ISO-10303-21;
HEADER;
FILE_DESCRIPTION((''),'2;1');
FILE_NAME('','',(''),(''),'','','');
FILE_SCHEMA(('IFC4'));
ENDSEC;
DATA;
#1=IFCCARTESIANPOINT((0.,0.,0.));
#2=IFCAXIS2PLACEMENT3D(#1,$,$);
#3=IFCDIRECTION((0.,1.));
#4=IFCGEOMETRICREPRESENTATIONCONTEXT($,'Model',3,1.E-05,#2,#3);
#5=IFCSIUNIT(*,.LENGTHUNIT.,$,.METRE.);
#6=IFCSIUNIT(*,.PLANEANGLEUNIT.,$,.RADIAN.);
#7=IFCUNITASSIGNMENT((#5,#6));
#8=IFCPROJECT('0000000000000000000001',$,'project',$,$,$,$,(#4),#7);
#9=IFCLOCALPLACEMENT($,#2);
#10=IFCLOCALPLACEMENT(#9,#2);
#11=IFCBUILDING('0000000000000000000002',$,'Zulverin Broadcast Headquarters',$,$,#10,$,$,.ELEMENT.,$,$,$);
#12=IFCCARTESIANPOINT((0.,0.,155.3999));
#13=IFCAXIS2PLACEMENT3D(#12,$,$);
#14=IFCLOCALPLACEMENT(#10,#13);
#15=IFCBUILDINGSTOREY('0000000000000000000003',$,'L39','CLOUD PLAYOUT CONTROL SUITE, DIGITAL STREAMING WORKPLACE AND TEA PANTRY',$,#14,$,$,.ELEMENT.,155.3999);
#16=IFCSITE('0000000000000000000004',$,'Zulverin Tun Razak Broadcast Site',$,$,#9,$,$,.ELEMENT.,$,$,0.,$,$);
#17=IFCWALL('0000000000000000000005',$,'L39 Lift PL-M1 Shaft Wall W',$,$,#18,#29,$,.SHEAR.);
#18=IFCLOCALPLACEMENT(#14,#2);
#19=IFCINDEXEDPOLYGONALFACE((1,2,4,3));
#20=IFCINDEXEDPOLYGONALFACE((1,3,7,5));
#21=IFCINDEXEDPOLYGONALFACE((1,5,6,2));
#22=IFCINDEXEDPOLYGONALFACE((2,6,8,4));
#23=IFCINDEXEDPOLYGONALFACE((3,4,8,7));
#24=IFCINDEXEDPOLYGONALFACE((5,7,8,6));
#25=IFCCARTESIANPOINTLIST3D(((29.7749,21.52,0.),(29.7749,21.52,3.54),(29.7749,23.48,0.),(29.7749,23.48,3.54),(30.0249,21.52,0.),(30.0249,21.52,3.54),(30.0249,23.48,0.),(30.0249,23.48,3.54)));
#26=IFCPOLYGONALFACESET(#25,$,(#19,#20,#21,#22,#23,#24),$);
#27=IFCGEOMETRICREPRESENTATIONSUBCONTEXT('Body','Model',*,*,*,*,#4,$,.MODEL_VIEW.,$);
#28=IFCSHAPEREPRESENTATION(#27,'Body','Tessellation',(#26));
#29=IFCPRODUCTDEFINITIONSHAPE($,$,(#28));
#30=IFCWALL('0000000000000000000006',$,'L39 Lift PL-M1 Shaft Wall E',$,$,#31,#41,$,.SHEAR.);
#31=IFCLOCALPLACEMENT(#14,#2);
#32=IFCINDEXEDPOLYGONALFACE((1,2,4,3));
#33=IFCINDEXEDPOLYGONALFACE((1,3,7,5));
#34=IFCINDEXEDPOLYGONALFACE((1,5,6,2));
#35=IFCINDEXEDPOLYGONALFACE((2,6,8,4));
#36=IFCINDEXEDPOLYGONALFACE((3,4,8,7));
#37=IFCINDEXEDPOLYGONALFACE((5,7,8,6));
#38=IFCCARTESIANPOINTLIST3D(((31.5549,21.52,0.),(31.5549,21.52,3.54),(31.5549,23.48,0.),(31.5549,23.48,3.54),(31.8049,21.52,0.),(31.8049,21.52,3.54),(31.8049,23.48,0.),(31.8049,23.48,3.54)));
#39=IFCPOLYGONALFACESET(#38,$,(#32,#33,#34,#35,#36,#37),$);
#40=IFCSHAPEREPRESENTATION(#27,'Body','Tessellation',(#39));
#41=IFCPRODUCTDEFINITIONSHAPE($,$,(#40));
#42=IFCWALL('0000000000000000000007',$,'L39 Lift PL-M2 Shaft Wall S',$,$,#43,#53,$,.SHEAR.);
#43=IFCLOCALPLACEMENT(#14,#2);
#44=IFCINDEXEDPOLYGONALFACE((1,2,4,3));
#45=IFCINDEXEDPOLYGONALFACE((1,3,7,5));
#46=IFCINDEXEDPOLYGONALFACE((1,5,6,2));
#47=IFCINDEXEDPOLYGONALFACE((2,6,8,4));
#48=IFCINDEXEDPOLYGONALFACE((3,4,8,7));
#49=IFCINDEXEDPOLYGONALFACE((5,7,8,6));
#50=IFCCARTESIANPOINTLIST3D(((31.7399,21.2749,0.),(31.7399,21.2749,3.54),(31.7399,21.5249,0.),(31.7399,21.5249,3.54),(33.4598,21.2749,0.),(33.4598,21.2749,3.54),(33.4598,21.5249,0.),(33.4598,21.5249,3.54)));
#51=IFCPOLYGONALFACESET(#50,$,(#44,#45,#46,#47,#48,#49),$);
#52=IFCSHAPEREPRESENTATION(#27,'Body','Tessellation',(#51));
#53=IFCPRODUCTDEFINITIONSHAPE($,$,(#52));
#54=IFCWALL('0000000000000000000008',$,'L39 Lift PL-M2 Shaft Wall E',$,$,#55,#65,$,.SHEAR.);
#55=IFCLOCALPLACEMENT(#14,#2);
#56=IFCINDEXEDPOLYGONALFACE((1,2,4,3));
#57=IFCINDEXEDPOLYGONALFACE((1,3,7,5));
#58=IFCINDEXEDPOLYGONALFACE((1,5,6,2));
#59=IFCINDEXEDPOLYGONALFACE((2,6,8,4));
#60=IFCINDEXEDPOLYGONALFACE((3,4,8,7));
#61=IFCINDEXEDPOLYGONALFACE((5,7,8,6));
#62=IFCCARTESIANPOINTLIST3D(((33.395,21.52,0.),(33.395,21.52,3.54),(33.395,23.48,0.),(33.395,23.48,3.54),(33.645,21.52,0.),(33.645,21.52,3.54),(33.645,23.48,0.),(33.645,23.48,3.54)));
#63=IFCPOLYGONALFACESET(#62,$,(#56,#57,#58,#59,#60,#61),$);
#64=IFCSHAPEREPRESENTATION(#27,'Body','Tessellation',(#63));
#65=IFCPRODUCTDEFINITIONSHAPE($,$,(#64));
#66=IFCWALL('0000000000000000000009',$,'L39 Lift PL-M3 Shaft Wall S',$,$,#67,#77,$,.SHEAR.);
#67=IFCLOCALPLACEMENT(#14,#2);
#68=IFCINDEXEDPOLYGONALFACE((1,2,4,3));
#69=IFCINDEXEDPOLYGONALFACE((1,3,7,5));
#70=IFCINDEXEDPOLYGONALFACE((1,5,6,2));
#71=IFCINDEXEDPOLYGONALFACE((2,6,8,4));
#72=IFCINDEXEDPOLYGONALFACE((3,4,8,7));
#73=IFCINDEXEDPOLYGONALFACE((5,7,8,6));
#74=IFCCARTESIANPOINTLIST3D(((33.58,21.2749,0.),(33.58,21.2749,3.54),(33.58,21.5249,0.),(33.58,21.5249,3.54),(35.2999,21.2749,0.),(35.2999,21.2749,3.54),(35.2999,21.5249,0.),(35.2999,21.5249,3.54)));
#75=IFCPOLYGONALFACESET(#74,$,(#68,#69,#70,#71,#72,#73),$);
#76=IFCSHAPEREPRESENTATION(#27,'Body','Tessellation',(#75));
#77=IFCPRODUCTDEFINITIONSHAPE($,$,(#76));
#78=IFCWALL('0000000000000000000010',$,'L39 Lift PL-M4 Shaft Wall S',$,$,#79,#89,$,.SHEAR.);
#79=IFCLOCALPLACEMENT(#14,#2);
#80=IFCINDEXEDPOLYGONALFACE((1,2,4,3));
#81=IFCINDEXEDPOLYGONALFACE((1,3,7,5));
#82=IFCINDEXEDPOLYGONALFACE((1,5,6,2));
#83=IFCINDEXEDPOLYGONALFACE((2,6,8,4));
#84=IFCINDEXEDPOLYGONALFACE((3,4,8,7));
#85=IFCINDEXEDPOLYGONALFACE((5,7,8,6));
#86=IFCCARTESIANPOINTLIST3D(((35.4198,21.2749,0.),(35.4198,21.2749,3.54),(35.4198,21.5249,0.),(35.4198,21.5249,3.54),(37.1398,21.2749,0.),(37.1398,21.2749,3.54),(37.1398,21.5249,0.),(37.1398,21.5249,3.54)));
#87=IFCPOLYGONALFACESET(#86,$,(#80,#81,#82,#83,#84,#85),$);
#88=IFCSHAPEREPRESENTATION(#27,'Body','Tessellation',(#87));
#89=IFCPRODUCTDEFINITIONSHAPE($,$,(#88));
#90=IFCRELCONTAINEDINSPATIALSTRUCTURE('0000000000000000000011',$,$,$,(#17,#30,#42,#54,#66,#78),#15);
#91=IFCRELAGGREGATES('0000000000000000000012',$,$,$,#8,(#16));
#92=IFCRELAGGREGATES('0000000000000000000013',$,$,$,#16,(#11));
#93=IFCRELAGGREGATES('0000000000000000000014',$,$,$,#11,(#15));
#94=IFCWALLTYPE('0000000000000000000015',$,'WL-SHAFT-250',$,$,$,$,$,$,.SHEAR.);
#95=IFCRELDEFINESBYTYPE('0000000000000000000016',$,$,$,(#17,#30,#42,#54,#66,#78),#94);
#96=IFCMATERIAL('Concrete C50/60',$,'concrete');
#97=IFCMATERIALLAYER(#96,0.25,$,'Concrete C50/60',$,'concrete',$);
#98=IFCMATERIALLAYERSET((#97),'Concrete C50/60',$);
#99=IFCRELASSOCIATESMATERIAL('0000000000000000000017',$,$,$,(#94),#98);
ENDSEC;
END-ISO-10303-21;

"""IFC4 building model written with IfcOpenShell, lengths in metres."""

from ifc_helpers import new_model, si_unit, direction, frame, frame_2d, origin, place, context, subcontext, project, spatial, rectangle, extrude, material, layer, layer_set, type_object, element, save


model = new_model("IFC4")

# Units and contexts
model_context = context("Model", 3, precision=1e-05, world=origin(), true_north=direction((0.0, 1.0)))
body_context = subcontext(model_context, "Body", "Model", "MODEL_VIEW")
ifc_project = project(units=[si_unit("LENGTHUNIT", "METRE"), si_unit("PLANEANGLEUNIT", "RADIAN")], contexts=[model_context])

# Site, building, storey
site_placement = place(None, origin())
site = spatial("IfcSite", under=ifc_project, at=site_placement, Name="Zulverin Tun Razak Broadcast Site", CompositionType="ELEMENT", RefElevation=0.0)
building_placement = place(site_placement, origin())
building = spatial("IfcBuilding", under=site, at=building_placement, Name="Zulverin Broadcast Headquarters", CompositionType="ELEMENT")
storey_placement = place(building_placement, frame((0.0, 0.0, 155.3999)))
storey = spatial("IfcBuildingStorey", under=building, at=storey_placement, Name="L39", Description="CLOUD PLAYOUT CONTROL SUITE, DIGITAL STREAMING WORKPLACE AND TEA PANTRY", CompositionType="ELEMENT", Elevation=155.3999)

# Shared definitions
ifc_material_1 = material(Name="Concrete C50/60", Category="concrete")

# Walls
ifc_layer_1 = layer(ifc_material_1, 0.25, Name="Concrete C50/60", Category="concrete")
ifc_layer_set_1 = layer_set([ifc_layer_1], Name="Concrete C50/60")
wall_type_1 = type_object("IfcWallType", Name="WL-SHAFT-250", PredefinedType="SHEAR", material=ifc_layer_set_1)
for number, where, z_axis, x_axis, name in (
    (1, (29.8999, 21.52, 0.0), (0.0, 0.0, 1.0), (0.0, 1.0, 0.0), "L39 Lift PL-M1 Shaft Wall W"),
    (2, (31.6799, 21.52, 0.0), (0.0, 0.0, 1.0), (0.0, 1.0, 0.0), "L39 Lift PL-M1 Shaft Wall E"),
):
    element("IfcWall", number, at=place(storey_placement, frame(where, z_axis=z_axis, x_axis=x_axis)), inside=storey, type_object=wall_type_1, Name=name, PredefinedType="SHEAR", context=body_context, shape_type="SweptSolid", body=[
        extrude(rectangle(XDim=1.96, YDim=0.25, at=frame_2d((0.98, 0.0))), origin(), (0.0, 0.0, 1.0), 3.54),
    ])
wall_1_placement = place(storey_placement, frame((31.74, 21.3999, 0.0), z_axis=(0.0, 0.0, 1.0), x_axis=(1.0, 0.0, 0.0)))
element("IfcWall", 3, at=wall_1_placement, inside=storey, type_object=wall_type_1, Name="L39 Lift PL-M2 Shaft Wall S", PredefinedType="SHEAR", context=body_context, shape_type="SweptSolid", body=[
    extrude(rectangle(XDim=1.72, YDim=0.25, at=frame_2d((0.8599, 0.0))), origin(), (0.0, 0.0, 1.0), 3.54),
])
wall_2_placement = place(storey_placement, frame((33.52, 21.52, 0.0), z_axis=(0.0, 0.0, 1.0), x_axis=(0.0, 1.0, 0.0)))
element("IfcWall", 4, at=wall_2_placement, inside=storey, type_object=wall_type_1, Name="L39 Lift PL-M2 Shaft Wall E", PredefinedType="SHEAR", context=body_context, shape_type="SweptSolid", body=[
    extrude(rectangle(XDim=1.96, YDim=0.25, at=frame_2d((0.98, 0.0))), origin(), (0.0, 0.0, 1.0), 3.54),
])
for number, where, z_axis, x_axis, name in (
    (5, (33.5801, 21.3999, 0.0), (0.0, 0.0, 1.0), (1.0, 0.0, 0.0), "L39 Lift PL-M3 Shaft Wall S"),
    (6, (35.4199, 21.3999, 0.0), (0.0, 0.0, 1.0), (1.0, 0.0, 0.0), "L39 Lift PL-M4 Shaft Wall S"),
):
    element("IfcWall", number, at=place(storey_placement, frame(where, z_axis=z_axis, x_axis=x_axis)), inside=storey, type_object=wall_type_1, Name=name, PredefinedType="SHEAR", context=body_context, shape_type="SweptSolid", body=[
        extrude(rectangle(XDim=1.72, YDim=0.25, at=frame_2d((0.8599, 0.0))), origin(), (0.0, 0.0, 1.0), 3.54),
    ])

save(model, "model.ifc")
